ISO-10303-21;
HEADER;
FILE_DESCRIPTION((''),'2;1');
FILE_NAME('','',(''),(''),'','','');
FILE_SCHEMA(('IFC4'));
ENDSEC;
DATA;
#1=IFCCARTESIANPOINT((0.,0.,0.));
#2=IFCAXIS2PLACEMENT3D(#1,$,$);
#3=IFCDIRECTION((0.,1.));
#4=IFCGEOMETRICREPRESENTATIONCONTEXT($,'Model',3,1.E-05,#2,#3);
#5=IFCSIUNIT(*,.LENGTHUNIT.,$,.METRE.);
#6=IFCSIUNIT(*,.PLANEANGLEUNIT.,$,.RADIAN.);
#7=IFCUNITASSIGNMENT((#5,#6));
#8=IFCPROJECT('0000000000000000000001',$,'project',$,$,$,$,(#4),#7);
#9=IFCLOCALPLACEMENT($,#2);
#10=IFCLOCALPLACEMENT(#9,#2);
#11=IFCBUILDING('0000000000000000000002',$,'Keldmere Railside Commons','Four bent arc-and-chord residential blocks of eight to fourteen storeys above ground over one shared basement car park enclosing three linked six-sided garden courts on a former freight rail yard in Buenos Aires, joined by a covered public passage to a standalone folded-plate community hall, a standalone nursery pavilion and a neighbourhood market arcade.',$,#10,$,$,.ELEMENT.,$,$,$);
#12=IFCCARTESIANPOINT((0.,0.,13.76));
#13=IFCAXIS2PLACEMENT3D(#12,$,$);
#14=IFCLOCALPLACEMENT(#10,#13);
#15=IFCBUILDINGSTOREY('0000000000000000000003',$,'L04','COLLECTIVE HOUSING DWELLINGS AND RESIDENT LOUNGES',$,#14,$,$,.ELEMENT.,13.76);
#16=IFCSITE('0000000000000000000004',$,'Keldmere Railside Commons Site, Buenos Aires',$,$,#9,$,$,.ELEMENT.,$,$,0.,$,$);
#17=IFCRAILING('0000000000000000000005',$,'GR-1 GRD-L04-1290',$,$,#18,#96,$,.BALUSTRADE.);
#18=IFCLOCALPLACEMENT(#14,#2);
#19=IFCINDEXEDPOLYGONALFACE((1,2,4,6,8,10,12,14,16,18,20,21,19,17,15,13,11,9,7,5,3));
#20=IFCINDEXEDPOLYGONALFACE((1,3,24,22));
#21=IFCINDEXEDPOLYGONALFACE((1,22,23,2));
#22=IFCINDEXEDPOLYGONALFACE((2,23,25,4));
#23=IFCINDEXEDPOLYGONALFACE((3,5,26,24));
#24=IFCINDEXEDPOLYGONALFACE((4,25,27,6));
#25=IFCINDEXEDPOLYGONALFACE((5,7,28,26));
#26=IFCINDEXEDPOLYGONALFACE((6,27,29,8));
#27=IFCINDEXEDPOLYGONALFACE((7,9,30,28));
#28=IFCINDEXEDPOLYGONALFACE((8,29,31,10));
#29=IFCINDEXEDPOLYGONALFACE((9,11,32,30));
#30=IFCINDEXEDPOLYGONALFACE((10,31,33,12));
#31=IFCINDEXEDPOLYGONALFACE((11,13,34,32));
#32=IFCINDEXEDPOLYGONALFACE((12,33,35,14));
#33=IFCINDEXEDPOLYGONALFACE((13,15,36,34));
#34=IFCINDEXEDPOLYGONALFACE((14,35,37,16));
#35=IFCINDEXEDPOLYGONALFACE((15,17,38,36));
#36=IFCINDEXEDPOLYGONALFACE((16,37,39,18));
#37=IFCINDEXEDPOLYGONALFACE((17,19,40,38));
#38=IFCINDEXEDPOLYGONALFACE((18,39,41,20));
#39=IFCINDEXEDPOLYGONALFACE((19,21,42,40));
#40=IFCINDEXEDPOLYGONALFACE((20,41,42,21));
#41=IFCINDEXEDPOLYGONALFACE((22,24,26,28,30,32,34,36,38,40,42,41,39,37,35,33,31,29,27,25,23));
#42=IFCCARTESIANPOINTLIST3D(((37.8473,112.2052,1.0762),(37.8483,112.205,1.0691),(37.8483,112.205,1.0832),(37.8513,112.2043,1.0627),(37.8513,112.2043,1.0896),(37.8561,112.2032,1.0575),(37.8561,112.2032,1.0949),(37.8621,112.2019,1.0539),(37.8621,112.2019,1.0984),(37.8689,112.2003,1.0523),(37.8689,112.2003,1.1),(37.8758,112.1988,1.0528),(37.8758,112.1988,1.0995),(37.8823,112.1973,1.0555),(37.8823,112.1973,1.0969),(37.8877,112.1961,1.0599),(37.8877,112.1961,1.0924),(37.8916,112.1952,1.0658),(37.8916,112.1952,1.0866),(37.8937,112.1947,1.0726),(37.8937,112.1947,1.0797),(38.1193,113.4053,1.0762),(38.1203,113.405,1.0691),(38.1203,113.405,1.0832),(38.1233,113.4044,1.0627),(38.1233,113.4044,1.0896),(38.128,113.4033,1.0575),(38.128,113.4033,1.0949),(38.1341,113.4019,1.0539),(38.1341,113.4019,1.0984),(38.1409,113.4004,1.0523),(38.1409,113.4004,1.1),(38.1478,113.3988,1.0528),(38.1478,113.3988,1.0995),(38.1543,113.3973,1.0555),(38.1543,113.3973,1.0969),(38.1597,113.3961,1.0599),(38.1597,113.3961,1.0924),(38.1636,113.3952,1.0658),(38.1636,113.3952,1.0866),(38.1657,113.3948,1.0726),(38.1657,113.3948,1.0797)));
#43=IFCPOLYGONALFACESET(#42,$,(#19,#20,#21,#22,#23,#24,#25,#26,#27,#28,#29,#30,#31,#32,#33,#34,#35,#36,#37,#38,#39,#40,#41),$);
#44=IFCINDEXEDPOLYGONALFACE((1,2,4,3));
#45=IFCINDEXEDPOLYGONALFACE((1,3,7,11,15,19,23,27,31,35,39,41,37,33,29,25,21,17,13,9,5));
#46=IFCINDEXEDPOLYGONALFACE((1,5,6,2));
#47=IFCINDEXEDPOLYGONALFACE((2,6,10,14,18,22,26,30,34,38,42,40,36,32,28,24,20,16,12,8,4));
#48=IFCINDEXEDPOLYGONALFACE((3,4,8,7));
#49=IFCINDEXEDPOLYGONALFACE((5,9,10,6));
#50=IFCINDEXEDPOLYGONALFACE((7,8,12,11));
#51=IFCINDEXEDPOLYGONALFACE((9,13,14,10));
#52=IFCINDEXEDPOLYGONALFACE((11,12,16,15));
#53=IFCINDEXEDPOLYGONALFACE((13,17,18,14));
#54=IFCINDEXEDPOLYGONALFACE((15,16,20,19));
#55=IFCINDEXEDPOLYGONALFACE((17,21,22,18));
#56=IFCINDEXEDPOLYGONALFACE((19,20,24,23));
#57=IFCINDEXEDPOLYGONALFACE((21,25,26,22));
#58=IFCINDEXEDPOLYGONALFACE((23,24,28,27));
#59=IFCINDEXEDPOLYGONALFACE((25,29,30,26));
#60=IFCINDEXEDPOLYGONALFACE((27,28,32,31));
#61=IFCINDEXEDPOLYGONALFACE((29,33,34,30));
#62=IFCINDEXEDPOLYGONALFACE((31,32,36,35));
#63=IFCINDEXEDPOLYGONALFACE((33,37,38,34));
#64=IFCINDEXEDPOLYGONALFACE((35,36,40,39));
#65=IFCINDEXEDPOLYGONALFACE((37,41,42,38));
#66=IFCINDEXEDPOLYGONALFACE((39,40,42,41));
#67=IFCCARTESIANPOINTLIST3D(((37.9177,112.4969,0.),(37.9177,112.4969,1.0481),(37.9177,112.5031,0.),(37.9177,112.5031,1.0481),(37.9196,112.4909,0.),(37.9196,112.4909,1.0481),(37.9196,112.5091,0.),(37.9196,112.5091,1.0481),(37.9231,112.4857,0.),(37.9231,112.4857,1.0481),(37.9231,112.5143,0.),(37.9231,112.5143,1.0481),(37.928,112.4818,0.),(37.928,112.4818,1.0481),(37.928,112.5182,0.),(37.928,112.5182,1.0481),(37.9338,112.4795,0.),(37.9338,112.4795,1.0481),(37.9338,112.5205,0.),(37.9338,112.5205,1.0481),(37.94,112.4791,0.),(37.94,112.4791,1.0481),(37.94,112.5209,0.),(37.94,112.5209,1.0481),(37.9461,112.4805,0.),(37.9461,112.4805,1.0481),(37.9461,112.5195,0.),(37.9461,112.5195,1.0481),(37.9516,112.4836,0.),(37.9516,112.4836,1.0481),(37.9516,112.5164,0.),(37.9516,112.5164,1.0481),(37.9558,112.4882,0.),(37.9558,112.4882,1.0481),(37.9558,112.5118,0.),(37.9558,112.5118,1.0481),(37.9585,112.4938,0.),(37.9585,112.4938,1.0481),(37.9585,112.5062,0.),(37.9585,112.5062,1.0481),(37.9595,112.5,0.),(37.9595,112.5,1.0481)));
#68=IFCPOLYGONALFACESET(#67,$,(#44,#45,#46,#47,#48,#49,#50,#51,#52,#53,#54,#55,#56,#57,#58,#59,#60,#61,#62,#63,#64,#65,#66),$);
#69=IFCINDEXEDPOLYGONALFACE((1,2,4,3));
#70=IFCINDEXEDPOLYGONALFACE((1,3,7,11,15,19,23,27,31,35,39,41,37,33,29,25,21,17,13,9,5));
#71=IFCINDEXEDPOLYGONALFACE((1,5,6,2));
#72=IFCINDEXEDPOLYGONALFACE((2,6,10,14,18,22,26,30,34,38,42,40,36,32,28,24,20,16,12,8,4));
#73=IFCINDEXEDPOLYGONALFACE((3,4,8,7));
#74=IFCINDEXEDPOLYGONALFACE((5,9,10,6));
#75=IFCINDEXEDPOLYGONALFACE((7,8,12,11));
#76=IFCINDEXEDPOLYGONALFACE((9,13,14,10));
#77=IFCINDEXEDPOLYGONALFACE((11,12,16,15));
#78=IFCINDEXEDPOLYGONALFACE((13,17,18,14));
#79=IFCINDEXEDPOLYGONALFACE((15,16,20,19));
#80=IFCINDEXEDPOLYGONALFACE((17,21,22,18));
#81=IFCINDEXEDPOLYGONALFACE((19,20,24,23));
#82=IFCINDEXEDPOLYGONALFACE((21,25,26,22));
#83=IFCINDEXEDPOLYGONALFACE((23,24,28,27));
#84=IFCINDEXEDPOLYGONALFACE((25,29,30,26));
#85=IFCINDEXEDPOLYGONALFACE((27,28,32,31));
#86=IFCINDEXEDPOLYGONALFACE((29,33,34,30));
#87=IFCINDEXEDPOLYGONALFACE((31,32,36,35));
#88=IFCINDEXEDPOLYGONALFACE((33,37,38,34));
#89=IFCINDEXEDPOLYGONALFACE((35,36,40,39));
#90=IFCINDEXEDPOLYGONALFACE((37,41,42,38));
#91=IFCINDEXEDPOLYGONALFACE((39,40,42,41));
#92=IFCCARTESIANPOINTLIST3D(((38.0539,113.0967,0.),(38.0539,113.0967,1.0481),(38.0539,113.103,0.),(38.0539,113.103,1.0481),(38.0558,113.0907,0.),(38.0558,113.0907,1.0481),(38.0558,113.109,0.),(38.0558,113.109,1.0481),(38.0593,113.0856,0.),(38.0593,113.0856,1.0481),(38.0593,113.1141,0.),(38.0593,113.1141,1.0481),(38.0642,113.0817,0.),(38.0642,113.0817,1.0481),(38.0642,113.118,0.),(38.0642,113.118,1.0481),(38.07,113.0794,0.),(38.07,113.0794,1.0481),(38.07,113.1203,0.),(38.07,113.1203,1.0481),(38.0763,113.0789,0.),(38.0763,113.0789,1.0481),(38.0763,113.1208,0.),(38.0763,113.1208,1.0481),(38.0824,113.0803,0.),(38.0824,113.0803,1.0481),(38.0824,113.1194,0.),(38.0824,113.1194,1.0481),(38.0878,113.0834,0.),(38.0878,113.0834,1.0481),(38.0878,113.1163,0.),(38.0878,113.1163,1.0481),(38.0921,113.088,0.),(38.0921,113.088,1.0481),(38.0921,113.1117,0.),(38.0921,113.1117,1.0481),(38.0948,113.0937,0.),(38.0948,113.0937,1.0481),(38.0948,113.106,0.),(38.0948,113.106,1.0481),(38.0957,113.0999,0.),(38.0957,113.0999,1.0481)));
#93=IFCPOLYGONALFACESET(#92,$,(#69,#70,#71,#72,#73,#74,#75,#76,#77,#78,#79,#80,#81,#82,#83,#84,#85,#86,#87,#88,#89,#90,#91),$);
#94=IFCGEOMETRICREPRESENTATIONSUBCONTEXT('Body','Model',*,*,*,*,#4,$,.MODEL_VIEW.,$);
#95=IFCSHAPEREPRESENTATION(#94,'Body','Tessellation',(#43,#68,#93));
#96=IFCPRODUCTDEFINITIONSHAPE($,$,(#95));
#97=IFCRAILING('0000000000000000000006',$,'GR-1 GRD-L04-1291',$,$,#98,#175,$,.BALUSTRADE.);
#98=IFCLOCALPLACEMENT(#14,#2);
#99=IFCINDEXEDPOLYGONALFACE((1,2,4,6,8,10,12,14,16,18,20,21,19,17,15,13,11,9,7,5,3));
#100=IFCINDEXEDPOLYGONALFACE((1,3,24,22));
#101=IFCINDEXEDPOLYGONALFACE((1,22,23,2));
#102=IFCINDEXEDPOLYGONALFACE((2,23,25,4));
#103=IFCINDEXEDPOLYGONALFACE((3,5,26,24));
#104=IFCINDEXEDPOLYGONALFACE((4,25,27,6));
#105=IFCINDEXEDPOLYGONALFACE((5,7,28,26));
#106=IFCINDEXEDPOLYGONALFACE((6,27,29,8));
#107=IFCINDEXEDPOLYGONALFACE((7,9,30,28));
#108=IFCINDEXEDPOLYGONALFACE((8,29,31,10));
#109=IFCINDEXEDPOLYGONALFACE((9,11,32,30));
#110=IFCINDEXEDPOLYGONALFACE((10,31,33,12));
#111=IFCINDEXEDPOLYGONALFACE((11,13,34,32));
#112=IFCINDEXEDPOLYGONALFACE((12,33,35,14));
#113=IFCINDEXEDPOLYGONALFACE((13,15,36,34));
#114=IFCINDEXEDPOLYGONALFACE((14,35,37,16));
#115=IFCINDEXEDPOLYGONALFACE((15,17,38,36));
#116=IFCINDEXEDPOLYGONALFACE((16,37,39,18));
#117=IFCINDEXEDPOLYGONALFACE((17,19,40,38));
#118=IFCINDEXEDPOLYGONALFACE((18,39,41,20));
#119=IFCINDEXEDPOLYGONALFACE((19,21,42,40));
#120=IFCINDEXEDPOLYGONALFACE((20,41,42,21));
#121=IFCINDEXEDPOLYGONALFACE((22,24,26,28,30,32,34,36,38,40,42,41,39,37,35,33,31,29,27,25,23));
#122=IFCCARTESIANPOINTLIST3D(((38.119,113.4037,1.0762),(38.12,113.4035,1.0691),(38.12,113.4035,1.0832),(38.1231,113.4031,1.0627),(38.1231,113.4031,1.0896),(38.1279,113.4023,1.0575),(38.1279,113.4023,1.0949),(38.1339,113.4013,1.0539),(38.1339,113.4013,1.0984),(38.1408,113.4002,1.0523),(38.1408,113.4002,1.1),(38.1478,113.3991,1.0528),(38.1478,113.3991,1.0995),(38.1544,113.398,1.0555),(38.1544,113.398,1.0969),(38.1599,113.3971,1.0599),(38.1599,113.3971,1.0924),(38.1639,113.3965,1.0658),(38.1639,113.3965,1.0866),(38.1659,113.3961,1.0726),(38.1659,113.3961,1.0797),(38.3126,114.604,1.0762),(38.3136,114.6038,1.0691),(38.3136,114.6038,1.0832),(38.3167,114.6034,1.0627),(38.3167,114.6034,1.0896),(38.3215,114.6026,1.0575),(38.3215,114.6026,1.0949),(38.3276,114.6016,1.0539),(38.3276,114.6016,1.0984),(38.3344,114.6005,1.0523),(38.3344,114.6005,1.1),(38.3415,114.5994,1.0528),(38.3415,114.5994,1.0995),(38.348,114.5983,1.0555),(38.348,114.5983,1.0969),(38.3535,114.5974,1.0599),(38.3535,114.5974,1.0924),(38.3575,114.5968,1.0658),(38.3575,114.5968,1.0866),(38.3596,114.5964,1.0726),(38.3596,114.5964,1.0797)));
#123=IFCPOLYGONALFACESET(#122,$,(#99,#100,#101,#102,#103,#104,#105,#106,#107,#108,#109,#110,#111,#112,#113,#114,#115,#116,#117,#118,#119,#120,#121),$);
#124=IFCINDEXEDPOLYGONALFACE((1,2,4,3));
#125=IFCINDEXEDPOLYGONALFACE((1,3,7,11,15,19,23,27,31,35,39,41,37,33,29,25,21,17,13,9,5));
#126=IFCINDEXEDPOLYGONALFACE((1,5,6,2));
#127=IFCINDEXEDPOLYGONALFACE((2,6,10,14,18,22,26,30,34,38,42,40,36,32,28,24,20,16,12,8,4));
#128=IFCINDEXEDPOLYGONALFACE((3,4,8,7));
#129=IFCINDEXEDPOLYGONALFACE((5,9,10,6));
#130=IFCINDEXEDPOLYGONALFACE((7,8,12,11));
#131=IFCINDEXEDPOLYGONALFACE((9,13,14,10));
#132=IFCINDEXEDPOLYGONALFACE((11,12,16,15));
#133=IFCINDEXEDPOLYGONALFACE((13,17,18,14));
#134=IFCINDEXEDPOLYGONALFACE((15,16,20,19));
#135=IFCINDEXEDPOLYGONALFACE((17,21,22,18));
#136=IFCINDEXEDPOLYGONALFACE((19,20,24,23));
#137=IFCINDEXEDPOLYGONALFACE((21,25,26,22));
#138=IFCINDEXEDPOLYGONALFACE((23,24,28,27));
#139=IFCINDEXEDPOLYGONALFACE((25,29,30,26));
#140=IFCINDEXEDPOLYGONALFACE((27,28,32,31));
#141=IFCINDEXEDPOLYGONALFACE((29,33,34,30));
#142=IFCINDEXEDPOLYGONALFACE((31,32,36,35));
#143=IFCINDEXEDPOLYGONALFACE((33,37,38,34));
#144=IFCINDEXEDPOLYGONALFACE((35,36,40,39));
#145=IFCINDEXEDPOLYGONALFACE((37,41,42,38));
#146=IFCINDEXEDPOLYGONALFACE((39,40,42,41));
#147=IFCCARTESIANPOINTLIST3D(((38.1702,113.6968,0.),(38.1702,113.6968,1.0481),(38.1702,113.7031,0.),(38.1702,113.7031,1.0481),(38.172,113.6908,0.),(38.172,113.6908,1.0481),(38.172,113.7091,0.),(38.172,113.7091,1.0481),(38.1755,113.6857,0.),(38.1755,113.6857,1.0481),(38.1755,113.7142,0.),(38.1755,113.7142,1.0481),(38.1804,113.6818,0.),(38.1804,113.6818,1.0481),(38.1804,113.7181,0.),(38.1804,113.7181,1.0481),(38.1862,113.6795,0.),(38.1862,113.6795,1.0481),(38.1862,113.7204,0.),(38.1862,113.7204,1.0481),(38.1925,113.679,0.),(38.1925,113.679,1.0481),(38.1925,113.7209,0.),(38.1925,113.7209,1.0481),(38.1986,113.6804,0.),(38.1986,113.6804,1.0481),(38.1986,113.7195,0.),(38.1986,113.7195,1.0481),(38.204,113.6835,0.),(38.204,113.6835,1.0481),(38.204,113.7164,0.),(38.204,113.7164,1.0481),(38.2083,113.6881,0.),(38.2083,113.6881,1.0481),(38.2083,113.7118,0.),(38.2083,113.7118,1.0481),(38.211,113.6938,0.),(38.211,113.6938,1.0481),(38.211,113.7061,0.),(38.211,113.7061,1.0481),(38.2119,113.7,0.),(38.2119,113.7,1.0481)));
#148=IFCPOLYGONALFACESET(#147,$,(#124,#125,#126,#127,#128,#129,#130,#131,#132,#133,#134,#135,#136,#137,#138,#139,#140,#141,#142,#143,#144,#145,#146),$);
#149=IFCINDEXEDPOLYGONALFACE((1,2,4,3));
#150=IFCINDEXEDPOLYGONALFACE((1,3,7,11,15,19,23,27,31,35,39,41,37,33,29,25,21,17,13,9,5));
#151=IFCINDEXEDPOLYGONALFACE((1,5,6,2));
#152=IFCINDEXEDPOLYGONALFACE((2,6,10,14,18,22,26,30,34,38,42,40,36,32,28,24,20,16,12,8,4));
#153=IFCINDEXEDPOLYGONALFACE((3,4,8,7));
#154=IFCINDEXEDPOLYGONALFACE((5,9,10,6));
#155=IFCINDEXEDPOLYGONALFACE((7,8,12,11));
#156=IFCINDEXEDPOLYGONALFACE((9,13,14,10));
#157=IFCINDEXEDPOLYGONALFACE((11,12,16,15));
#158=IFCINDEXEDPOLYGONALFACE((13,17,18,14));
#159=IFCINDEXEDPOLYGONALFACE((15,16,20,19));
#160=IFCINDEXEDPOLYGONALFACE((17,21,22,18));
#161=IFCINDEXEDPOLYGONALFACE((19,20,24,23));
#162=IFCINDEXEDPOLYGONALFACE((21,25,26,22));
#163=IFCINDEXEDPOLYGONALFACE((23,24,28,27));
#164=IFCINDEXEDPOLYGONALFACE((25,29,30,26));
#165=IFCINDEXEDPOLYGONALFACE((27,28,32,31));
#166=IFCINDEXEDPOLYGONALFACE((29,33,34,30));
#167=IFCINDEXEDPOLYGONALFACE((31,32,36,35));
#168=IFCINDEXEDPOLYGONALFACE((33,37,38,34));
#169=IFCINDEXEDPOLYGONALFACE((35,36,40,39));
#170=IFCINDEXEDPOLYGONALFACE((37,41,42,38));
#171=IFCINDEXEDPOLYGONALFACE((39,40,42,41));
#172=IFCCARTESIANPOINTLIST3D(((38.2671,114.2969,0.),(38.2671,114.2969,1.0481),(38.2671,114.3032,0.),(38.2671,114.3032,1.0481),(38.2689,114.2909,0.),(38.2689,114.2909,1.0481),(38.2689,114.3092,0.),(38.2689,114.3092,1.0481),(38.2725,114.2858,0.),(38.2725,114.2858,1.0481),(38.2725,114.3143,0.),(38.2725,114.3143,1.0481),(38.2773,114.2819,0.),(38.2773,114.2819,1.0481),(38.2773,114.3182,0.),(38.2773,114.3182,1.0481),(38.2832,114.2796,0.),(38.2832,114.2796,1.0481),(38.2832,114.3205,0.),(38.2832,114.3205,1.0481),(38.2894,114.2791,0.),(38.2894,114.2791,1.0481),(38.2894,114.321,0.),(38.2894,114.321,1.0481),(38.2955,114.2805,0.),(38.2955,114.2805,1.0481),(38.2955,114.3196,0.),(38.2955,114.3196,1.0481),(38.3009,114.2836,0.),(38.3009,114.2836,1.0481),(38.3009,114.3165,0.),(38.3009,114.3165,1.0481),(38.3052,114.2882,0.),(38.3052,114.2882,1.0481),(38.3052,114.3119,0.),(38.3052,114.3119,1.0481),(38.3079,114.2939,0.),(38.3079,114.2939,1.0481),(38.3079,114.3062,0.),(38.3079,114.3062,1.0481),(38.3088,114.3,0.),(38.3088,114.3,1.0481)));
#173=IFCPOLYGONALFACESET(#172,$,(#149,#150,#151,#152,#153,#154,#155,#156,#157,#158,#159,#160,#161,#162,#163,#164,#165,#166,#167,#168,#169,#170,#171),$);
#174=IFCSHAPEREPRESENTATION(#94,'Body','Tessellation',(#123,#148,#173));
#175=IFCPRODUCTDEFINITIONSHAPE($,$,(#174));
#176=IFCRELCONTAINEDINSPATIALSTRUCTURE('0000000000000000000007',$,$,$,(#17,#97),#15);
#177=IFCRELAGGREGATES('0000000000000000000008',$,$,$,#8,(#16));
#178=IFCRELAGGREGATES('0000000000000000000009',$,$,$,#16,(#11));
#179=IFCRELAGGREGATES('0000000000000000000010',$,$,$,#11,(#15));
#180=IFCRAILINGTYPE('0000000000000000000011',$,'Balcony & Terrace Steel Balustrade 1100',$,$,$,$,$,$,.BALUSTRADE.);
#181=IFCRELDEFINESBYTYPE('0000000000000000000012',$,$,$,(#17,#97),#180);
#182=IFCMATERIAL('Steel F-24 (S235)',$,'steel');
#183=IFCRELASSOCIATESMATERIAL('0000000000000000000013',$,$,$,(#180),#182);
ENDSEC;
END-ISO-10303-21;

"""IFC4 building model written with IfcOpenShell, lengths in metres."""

from ifc_helpers import new_model, si_unit, direction, frame, origin, origin_2d, place, context, subcontext, project, spatial, circle, extrude, material, type_object, element, save


model = new_model("IFC4")

# Units and contexts
model_context = context("Model", 3, precision=1e-05, world=origin(), true_north=direction((0.0, 1.0)))
body_context = subcontext(model_context, "Body", "Model", "MODEL_VIEW")
ifc_project = project(units=[si_unit("LENGTHUNIT", "METRE"), si_unit("PLANEANGLEUNIT", "RADIAN")], contexts=[model_context])

# Site, building, storey
site_placement = place(None, origin())
site = spatial("IfcSite", under=ifc_project, at=site_placement, Name="Keldmere Railside Commons Site, Buenos Aires", CompositionType="ELEMENT", RefElevation=0.0)
building_placement = place(site_placement, origin())
building = spatial("IfcBuilding", under=site, at=building_placement, Name="Keldmere Railside Commons", Description="Four bent arc-and-chord residential blocks of eight to fourteen storeys above ground over one shared basement car park enclosing three linked six-sided garden courts on a former freight rail yard in Buenos Aires, joined by a covered public passage to a standalone folded-plate community hall, a standalone nursery pavilion and a neighbourhood market arcade.", CompositionType="ELEMENT")
storey_placement = place(building_placement, frame((0.0, 0.0, 13.76)))
storey = spatial("IfcBuildingStorey", under=building, at=storey_placement, Name="L04", Description="COLLECTIVE HOUSING DWELLINGS AND RESIDENT LOUNGES", CompositionType="ELEMENT", Elevation=13.76)

# Railings
ifc_material_1 = material(Name="Steel F-24 (S235)", Category="steel")
railing_type = type_object("IfcRailingType", Name="Balcony & Terrace Steel Balustrade 1100", PredefinedType="BALUSTRADE", material=ifc_material_1)
railing_1_placement = place(storey_placement, frame((37.8706, 112.2, 0.0)))
element("IfcRailing", 1, at=railing_1_placement, inside=storey, type_object=railing_type, Name="GR-1 GRD-L04-1290", PredefinedType="BALUSTRADE", context=body_context, shape_type="SweptSolid", body=[
    extrude(circle(Radius=0.0239, at=origin_2d()), frame((0.0, 0.0, 1.0762), z_axis=(0.221046, 0.975263, 0.0), x_axis=(-0.975263, 0.221046, 0.0)), (0.0, 0.0, 1.0), 1.2305),
    extrude(circle(Radius=0.021, at=origin_2d()), frame((0.0679, 0.3, 0.0)), (0.0, 0.0, 1.0), 1.0481),
    extrude(circle(Radius=0.021, at=origin_2d()), frame((0.2041, 0.8999, 0.0)), (0.0, 0.0, 1.0), 1.0481),
])
railing_2_placement = place(storey_placement, frame((38.1426, 113.3999, 0.0)))
element("IfcRailing", 2, at=railing_2_placement, inside=storey, type_object=railing_type, Name="GR-1 GRD-L04-1291", PredefinedType="BALUSTRADE", context=body_context, shape_type="SweptSolid", body=[
    extrude(circle(Radius=0.0239, at=origin_2d()), frame((0.0, 0.0, 1.0762), z_axis=(0.159251, 0.987238, 0.0), x_axis=(-0.987238, 0.159251, 0.0)), (0.0, 0.0, 1.0), 1.2158),
    extrude(circle(Radius=0.021, at=origin_2d()), frame((0.0483, 0.3, 0.0)), (0.0, 0.0, 1.0), 1.0481),
    extrude(circle(Radius=0.021, at=origin_2d()), frame((0.1453, 0.9001, 0.0)), (0.0, 0.0, 1.0), 1.0481),
])

save(model, "model.ifc")
